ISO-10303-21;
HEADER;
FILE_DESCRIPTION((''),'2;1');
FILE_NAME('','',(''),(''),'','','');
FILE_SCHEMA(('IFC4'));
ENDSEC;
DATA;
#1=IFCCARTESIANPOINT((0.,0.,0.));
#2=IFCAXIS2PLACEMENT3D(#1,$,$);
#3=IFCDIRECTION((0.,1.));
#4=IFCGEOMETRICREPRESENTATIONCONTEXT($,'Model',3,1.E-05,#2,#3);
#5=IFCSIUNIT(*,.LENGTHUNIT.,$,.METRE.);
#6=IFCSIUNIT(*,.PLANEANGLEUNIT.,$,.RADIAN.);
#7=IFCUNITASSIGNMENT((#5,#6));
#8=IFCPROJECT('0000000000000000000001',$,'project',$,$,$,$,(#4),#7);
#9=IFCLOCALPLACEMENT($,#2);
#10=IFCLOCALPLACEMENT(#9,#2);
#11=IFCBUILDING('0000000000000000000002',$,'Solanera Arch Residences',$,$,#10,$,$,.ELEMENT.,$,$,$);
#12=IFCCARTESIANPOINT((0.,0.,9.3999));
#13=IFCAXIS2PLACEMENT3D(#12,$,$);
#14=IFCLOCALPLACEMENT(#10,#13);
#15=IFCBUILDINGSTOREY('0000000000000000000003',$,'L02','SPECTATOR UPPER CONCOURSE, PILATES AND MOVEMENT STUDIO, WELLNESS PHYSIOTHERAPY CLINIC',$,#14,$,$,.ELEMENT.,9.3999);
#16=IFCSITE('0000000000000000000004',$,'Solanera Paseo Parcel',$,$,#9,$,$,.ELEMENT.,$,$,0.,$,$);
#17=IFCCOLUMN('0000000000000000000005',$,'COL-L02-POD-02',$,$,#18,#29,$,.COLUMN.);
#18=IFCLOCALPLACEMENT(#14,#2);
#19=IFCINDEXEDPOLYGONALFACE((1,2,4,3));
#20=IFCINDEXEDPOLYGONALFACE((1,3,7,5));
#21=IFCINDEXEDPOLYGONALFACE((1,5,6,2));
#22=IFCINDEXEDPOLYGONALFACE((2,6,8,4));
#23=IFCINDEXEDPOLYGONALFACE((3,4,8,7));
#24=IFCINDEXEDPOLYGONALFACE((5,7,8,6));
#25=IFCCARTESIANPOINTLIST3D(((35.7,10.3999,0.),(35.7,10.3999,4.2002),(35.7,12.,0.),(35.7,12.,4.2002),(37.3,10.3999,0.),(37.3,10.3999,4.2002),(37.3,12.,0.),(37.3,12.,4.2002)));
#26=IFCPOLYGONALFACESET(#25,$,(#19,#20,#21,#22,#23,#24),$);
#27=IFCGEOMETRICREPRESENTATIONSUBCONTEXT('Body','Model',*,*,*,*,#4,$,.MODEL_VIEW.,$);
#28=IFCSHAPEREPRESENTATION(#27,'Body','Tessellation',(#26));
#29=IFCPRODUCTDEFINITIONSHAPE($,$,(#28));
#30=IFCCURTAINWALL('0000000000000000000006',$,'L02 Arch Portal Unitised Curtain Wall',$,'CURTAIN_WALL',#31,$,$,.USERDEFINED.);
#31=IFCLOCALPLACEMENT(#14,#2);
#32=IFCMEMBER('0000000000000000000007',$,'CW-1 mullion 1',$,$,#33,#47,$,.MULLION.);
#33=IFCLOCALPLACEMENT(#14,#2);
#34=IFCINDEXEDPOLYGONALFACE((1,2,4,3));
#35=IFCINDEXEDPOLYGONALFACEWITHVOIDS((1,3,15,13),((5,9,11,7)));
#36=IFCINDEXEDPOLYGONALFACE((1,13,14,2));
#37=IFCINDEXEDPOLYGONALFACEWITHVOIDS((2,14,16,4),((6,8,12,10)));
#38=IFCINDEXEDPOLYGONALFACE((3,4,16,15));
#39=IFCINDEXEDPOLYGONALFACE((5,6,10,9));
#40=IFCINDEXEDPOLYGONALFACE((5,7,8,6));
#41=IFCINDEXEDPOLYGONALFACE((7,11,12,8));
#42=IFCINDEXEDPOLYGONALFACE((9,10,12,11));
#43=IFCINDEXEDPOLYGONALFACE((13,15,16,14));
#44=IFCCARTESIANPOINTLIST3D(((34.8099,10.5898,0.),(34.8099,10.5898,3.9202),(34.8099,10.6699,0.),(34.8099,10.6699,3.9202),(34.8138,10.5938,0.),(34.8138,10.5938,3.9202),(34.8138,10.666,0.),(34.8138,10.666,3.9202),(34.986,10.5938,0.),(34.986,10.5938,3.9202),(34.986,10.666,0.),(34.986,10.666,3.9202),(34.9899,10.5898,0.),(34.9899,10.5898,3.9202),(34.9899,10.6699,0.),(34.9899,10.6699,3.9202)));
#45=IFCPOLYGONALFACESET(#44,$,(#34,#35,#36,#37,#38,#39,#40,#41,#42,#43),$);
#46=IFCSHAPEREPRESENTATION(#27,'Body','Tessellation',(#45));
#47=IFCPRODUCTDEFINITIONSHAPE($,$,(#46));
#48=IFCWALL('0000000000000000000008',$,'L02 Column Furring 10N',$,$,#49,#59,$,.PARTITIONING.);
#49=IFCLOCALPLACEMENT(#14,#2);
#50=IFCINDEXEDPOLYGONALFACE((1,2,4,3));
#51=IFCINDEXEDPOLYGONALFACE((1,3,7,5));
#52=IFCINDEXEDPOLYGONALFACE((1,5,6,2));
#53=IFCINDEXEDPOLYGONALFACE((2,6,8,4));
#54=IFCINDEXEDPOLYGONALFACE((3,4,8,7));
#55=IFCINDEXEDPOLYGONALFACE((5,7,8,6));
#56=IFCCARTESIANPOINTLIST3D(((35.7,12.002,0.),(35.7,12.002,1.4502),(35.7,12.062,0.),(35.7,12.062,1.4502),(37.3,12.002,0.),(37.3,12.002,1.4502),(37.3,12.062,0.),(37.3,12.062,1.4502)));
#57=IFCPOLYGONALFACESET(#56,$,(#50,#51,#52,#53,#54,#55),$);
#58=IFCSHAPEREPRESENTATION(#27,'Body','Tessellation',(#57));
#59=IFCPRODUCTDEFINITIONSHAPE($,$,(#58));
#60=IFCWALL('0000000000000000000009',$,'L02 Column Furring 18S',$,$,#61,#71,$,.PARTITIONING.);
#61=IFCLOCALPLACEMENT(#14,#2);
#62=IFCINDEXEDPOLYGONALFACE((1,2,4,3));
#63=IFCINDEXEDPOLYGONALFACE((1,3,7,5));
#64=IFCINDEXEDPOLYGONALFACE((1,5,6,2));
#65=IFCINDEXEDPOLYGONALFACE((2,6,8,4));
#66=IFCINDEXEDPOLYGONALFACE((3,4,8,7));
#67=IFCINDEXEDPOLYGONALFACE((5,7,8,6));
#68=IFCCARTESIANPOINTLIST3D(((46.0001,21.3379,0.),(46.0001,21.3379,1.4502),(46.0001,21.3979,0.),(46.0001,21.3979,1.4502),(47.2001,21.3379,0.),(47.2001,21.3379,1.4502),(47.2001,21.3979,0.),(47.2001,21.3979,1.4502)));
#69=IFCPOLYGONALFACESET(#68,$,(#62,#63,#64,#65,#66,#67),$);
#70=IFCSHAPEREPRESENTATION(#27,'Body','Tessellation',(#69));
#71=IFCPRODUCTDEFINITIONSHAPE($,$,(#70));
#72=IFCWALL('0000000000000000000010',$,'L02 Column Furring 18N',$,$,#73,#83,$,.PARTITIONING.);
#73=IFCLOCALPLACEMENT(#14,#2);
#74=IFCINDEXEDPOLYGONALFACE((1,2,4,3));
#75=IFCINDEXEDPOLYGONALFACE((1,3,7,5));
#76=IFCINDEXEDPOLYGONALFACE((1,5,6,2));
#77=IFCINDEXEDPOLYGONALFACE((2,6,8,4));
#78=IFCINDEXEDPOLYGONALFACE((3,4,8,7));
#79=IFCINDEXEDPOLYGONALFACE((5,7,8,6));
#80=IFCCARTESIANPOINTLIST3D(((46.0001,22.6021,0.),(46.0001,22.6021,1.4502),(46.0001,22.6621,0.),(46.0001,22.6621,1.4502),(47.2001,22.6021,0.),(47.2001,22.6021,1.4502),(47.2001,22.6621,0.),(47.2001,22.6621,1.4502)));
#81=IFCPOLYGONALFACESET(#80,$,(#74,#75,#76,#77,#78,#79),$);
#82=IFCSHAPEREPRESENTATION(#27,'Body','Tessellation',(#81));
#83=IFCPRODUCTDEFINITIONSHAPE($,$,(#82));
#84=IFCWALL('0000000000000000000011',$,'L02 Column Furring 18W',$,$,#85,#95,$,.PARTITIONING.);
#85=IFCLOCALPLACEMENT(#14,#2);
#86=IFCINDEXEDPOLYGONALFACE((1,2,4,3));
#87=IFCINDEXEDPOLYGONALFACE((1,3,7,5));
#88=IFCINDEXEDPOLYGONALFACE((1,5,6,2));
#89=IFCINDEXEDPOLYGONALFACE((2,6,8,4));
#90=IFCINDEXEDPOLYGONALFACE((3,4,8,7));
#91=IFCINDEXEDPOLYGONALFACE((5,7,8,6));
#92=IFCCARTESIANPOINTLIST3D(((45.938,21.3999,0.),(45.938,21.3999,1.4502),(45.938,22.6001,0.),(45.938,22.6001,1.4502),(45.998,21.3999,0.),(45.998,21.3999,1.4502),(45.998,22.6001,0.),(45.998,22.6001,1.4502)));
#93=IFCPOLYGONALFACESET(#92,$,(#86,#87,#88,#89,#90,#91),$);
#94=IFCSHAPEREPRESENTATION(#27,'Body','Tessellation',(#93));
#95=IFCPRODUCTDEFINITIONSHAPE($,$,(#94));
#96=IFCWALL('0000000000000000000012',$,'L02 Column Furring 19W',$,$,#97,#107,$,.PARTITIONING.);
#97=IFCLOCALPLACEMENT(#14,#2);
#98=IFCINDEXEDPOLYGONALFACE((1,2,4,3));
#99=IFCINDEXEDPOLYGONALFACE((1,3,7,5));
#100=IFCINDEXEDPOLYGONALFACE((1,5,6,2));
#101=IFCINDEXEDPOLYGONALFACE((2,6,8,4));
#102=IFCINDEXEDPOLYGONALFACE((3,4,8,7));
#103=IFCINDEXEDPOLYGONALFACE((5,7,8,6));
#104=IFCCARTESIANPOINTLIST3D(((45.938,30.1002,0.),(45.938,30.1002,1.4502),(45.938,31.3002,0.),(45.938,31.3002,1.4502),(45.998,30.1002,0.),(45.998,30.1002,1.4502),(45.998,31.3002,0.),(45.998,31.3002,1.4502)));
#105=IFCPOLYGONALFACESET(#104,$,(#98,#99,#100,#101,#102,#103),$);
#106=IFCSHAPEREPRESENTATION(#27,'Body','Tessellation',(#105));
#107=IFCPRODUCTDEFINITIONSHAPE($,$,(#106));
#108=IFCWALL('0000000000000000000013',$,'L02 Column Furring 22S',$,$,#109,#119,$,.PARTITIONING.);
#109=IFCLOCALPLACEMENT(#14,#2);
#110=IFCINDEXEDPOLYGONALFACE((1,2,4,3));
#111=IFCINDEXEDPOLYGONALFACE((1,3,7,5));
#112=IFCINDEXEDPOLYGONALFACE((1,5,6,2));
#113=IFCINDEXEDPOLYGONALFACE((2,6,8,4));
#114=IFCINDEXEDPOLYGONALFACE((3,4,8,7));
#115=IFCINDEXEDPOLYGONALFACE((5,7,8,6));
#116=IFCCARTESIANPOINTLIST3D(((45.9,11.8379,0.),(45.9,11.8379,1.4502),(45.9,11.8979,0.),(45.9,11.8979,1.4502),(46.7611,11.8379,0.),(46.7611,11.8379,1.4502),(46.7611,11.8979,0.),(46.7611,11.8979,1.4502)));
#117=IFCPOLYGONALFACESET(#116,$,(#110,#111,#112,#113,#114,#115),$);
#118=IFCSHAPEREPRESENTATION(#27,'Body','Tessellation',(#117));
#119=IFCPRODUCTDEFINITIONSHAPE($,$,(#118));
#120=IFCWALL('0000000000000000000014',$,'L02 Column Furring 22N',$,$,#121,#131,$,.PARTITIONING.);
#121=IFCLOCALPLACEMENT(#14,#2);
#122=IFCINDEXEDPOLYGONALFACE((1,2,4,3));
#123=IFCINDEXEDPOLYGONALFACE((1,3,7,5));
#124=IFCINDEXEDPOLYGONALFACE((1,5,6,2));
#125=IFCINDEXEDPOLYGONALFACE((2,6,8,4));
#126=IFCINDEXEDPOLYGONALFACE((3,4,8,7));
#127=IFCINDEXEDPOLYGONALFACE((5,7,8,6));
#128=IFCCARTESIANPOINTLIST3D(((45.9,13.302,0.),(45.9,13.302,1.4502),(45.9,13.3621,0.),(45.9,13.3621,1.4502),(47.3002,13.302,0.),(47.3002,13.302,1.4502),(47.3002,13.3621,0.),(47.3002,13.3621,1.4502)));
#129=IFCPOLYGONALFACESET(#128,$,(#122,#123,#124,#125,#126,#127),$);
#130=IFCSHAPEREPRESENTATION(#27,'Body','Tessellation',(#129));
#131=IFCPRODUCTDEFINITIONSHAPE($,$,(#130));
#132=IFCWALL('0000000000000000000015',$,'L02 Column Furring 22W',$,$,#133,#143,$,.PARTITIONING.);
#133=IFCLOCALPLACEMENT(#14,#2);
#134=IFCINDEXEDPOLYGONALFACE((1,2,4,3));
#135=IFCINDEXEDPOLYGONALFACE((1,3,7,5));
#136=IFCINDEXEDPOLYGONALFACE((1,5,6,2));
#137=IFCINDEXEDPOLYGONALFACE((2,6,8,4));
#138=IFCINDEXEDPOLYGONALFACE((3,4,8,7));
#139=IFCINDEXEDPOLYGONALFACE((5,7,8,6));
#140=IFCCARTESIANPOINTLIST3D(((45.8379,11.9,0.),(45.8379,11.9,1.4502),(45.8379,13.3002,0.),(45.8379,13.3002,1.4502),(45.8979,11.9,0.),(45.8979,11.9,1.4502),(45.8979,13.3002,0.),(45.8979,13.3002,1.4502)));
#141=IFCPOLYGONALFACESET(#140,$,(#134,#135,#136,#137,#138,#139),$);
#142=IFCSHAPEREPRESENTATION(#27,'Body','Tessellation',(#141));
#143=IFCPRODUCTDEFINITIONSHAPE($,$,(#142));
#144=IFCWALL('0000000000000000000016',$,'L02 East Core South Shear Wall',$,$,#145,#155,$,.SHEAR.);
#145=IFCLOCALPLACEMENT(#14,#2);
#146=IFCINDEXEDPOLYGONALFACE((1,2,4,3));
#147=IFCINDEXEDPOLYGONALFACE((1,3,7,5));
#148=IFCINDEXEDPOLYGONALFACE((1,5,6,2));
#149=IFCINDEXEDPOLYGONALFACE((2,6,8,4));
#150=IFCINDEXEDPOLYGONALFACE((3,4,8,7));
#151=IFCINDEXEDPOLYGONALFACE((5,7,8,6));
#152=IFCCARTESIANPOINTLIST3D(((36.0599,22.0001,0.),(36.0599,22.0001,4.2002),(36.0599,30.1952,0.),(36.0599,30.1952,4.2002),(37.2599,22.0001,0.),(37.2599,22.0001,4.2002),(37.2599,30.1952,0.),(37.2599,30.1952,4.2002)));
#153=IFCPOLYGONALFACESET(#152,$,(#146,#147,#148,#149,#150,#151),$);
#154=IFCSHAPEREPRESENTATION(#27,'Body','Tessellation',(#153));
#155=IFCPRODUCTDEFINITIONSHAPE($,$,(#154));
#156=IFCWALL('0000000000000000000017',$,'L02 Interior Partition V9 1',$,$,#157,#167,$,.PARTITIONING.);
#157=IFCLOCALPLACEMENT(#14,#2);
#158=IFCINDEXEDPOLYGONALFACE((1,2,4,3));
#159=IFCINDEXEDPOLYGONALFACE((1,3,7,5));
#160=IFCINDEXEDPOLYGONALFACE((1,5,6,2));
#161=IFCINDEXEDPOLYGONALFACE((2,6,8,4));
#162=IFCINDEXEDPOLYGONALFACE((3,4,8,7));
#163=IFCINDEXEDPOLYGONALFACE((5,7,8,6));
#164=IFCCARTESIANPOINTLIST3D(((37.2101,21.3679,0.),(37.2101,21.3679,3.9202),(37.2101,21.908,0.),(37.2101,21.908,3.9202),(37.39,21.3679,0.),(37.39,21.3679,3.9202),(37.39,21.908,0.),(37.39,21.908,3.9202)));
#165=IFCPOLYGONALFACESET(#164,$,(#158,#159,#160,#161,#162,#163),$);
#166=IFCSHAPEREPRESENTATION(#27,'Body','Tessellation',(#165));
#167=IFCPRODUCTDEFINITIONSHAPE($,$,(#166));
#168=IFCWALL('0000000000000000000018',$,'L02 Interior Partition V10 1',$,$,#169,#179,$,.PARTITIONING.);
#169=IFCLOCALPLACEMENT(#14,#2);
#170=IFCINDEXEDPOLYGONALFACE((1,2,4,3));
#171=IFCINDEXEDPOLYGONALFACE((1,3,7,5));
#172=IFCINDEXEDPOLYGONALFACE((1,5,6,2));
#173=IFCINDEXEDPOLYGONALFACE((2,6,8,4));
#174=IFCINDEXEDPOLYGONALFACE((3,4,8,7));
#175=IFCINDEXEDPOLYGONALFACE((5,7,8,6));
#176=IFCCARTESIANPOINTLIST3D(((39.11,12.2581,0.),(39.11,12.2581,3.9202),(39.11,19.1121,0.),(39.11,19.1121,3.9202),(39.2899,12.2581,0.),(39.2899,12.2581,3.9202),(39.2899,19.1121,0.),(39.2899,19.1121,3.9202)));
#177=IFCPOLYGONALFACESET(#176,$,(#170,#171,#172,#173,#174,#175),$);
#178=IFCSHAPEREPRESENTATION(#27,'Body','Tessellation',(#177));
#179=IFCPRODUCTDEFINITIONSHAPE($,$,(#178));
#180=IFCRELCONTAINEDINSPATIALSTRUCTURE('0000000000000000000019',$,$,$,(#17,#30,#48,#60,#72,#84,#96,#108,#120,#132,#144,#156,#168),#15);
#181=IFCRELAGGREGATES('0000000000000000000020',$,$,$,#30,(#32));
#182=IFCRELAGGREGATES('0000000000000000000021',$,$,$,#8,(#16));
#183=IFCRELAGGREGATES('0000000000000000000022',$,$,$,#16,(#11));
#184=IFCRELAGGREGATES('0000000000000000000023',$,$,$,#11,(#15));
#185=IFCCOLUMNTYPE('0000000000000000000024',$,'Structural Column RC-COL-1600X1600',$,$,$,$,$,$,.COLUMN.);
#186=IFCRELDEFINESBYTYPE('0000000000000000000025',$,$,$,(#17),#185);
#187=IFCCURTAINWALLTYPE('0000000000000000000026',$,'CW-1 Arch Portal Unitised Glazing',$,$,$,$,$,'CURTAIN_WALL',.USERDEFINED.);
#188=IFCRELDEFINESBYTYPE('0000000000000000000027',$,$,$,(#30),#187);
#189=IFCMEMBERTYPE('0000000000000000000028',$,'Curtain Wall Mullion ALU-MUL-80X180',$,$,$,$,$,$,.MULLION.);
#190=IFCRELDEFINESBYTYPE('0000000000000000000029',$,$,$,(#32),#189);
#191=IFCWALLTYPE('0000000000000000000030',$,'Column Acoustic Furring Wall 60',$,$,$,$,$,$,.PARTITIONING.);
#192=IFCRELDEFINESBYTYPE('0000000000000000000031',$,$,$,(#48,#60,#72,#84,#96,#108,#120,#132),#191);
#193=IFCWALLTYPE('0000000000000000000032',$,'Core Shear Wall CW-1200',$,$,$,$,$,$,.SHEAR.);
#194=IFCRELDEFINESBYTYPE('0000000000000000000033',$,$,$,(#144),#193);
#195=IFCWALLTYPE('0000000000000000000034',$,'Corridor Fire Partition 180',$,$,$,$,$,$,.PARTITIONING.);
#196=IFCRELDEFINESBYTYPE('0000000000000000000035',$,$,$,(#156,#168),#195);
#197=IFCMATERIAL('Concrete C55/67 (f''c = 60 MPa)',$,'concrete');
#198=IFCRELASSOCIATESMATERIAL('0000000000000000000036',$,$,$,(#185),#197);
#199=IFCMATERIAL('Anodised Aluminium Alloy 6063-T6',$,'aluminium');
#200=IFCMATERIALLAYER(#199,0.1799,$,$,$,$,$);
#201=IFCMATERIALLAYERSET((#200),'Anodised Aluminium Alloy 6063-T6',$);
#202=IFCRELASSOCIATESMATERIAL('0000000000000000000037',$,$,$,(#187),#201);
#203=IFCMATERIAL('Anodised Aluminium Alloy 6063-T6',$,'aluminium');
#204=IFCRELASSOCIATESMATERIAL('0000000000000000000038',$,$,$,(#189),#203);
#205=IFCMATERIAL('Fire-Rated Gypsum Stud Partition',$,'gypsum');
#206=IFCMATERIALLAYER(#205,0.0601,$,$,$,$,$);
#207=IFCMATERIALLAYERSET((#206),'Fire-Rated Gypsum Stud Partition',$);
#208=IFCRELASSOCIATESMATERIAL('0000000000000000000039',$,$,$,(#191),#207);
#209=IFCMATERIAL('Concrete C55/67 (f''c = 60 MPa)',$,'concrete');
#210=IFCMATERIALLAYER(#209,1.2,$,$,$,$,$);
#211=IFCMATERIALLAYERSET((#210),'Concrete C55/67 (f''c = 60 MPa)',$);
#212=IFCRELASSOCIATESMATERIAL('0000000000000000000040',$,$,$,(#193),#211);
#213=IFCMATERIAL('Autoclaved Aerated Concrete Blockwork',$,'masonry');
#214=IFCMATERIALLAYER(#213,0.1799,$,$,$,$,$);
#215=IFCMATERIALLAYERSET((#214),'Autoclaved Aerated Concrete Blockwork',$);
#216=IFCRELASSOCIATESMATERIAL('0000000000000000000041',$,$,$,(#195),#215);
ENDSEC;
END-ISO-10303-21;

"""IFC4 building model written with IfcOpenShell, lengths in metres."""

from ifc_helpers import new_model, si_unit, direction, frame, frame_2d, origin, origin_2d, place, context, subcontext, project, spatial, rectangle, hollow_rectangle, extrude, material, layer, layer_set, material_profile, profile_set, type_object, element, aggregate, save


model = new_model("IFC4")

# Units and contexts
model_context = context("Model", 3, precision=1e-05, world=origin(), true_north=direction((0.0, 1.0)))
body_context = subcontext(model_context, "Body", "Model", "MODEL_VIEW")
ifc_project = project(units=[si_unit("LENGTHUNIT", "METRE"), si_unit("PLANEANGLEUNIT", "RADIAN")], contexts=[model_context])

# Site, building, storey
site_placement = place(None, origin())
site = spatial("IfcSite", under=ifc_project, at=site_placement, Name="Solanera Paseo Parcel", CompositionType="ELEMENT", RefElevation=0.0)
building_placement = place(site_placement, origin())
building = spatial("IfcBuilding", under=site, at=building_placement, Name="Solanera Arch Residences", CompositionType="ELEMENT")
storey_placement = place(building_placement, frame((0.0, 0.0, 9.3999)))
storey = spatial("IfcBuildingStorey", under=building, at=storey_placement, Name="L02", Description="SPECTATOR UPPER CONCOURSE, PILATES AND MOVEMENT STUDIO, WELLNESS PHYSIOTHERAPY CLINIC", CompositionType="ELEMENT", Elevation=9.3999)

# Column
ifc_material_1 = material(Name="Concrete C55/67 (f'c = 60 MPa)", Category="concrete")
ifc_material_profile_1 = material_profile(ifc_material_1, rectangle(XDim=1.6001, YDim=1.6001, at=origin_2d()))
ifc_profile_set_1 = profile_set([ifc_material_profile_1], Name="Concrete C55/67 (f'c = 60 MPa)")
column_type = type_object("IfcColumnType", Name="Structural Column RC-COL-1600X1600", PredefinedType="COLUMN", material=ifc_profile_set_1)
column_placement = place(storey_placement, frame((36.5, 11.2, 0.0), z_axis=(0.0, 0.0, 1.0), x_axis=(1.0, 0.0, 0.0)))
element("IfcColumn", 1, at=column_placement, inside=storey, type_object=column_type, Name="COL-L02-POD-02", PredefinedType="COLUMN", context=body_context, shape_type="SweptSolid", body=[
    extrude(rectangle(XDim=1.6001, YDim=1.6001, at=origin_2d()), origin(), (0.0, 0.0, 1.0), 4.2002),
])

# Curtain wall, member
ifc_material_2 = material(Name="Anodised Aluminium Alloy 6063-T6", Category="aluminium")
ifc_layer_1 = layer(ifc_material_2, 0.1799)
ifc_layer_set_1 = layer_set([ifc_layer_1], Name="Anodised Aluminium Alloy 6063-T6")
curtain_wall_type = type_object("IfcCurtainWallType", Name="CW-1 Arch Portal Unitised Glazing", ElementType="CURTAIN_WALL", PredefinedType="USERDEFINED", material=ifc_layer_set_1)
curtain_wall_placement = place(storey_placement, origin())
curtain_wall = element("IfcCurtainWall", 2, at=curtain_wall_placement, inside=storey, type_object=curtain_wall_type, Name="L02 Arch Portal Unitised Curtain Wall", ObjectType="CURTAIN_WALL", PredefinedType="USERDEFINED")
ifc_material_3 = material(Name="Anodised Aluminium Alloy 6063-T6", Category="aluminium")
ifc_material_profile_2 = material_profile(ifc_material_3, hollow_rectangle(XDim=0.0801, YDim=0.1799, WallThickness=0.0039, at=origin_2d()))
ifc_profile_set_2 = profile_set([ifc_material_profile_2], Name="Anodised Aluminium Alloy 6063-T6")
member_type = type_object("IfcMemberType", Name="Curtain Wall Mullion ALU-MUL-80X180", PredefinedType="MULLION", material=ifc_profile_set_2)
member_placement = place(storey_placement, frame((34.8999, 10.6299, 0.0), z_axis=(0.0, 0.0, 1.0), x_axis=(0.0, -1.0, 0.0)))
member = element("IfcMember", 3, at=member_placement, type_object=member_type, Name="CW-1 mullion 1", PredefinedType="MULLION", context=body_context, shape_type="SweptSolid", body=[
    extrude(hollow_rectangle(XDim=0.0801, YDim=0.1799, WallThickness=0.0039, at=origin_2d()), origin(), (0.0, 0.0, 1.0), 3.9202),
])
aggregate(curtain_wall, [member])

# Walls
ifc_material_4 = material(Name="Fire-Rated Gypsum Stud Partition", Category="gypsum")
ifc_layer_2 = layer(ifc_material_4, 0.0601)
ifc_layer_set_2 = layer_set([ifc_layer_2], Name="Fire-Rated Gypsum Stud Partition")
wall_type_1 = type_object("IfcWallType", Name="Column Acoustic Furring Wall 60", PredefinedType="PARTITIONING", material=ifc_layer_set_2)
wall_1_placement = place(storey_placement, frame((35.7, 12.032, 0.0), z_axis=(0.0, 0.0, 1.0), x_axis=(1.0, 0.0, 0.0)))
element("IfcWall", 4, at=wall_1_placement, inside=storey, type_object=wall_type_1, Name="L02 Column Furring 10N", PredefinedType="PARTITIONING", context=body_context, shape_type="SweptSolid", body=[
    extrude(rectangle(XDim=1.6001, YDim=0.0601, at=frame_2d((0.8, 0.0))), origin(), (0.0, 0.0, 1.0), 1.4502),
])
for number, where, z_axis, x_axis, name in (
    (5, (46.0, 21.3679, 0.0), (0.0, 0.0, 1.0), (1.0, 0.0, 0.0), "L02 Column Furring 18S"),
    (6, (46.0, 22.6321, 0.0), (0.0, 0.0, 1.0), (1.0, 0.0, 0.0), "L02 Column Furring 18N"),
):
    element("IfcWall", number, at=place(storey_placement, frame(where, z_axis=z_axis, x_axis=x_axis)), inside=storey, type_object=wall_type_1, Name=name, PredefinedType="PARTITIONING", context=body_context, shape_type="SweptSolid", body=[
        extrude(rectangle(XDim=1.2, YDim=0.0601, at=frame_2d((0.6001, 0.0))), origin(), (0.0, 0.0, 1.0), 1.4502),
    ])
wall_2_placement = place(storey_placement, frame((45.968, 21.3999, 0.0), z_axis=(0.0, 0.0, 1.0), x_axis=(0.0, 1.0, 0.0)))
element("IfcWall", 7, at=wall_2_placement, inside=storey, type_object=wall_type_1, Name="L02 Column Furring 18W", PredefinedType="PARTITIONING", context=body_context, shape_type="SweptSolid", body=[
    extrude(rectangle(XDim=1.2002, YDim=0.0601, at=frame_2d((0.6001, 0.0))), origin(), (0.0, 0.0, 1.0), 1.4502),
])
wall_3_placement = place(storey_placement, frame((45.968, 30.1001, 0.0), z_axis=(0.0, 0.0, 1.0), x_axis=(0.0, 1.0, 0.0)))
element("IfcWall", 8, at=wall_3_placement, inside=storey, type_object=wall_type_1, Name="L02 Column Furring 19W", PredefinedType="PARTITIONING", context=body_context, shape_type="SweptSolid", body=[
    extrude(rectangle(XDim=1.2, YDim=0.0601, at=frame_2d((0.6001, 0.0))), origin(), (0.0, 0.0, 1.0), 1.4502),
])
wall_4_placement = place(storey_placement, frame((45.8999, 11.8679, 0.0), z_axis=(0.0, 0.0, 1.0), x_axis=(1.0, 0.0, 0.0)))
element("IfcWall", 9, at=wall_4_placement, inside=storey, type_object=wall_type_1, Name="L02 Column Furring 22S", PredefinedType="PARTITIONING", context=body_context, shape_type="SweptSolid", body=[
    extrude(rectangle(XDim=0.8611, YDim=0.0601, at=frame_2d((0.4307, 0.0))), origin(), (0.0, 0.0, 1.0), 1.4502),
])
for number, where, z_axis, x_axis, name in (
    (10, (45.8999, 13.332, 0.0), (0.0, 0.0, 1.0), (1.0, 0.0, 0.0), "L02 Column Furring 22N"),
    (11, (45.8679, 11.8999, 0.0), (0.0, 0.0, 1.0), (0.0, 1.0, 0.0), "L02 Column Furring 22W"),
):
    element("IfcWall", number, at=place(storey_placement, frame(where, z_axis=z_axis, x_axis=x_axis)), inside=storey, type_object=wall_type_1, Name=name, PredefinedType="PARTITIONING", context=body_context, shape_type="SweptSolid", body=[
        extrude(rectangle(XDim=1.4001, YDim=0.0601, at=frame_2d((0.7002, 0.0))), origin(), (0.0, 0.0, 1.0), 1.4502),
    ])
ifc_material_5 = material(Name="Concrete C55/67 (f'c = 60 MPa)", Category="concrete")
ifc_layer_3 = layer(ifc_material_5, 1.2)
ifc_layer_set_3 = layer_set([ifc_layer_3], Name="Concrete C55/67 (f'c = 60 MPa)")
wall_type_2 = type_object("IfcWallType", Name="Core Shear Wall CW-1200", PredefinedType="SHEAR", material=ifc_layer_set_3)
wall_5_placement = place(storey_placement, frame((36.6599, 22.0, 0.0), z_axis=(0.0, 0.0, 1.0), x_axis=(0.0, 1.0, 0.0)))
element("IfcWall", 12, at=wall_5_placement, inside=storey, type_object=wall_type_2, Name="L02 East Core South Shear Wall", PredefinedType="SHEAR", context=body_context, shape_type="SweptSolid", body=[
    extrude(rectangle(XDim=8.1951, YDim=1.2, at=frame_2d((4.0977, 0.0))), origin(), (0.0, 0.0, 1.0), 4.2002),
])
ifc_material_6 = material(Name="Autoclaved Aerated Concrete Blockwork", Category="masonry")
ifc_layer_4 = layer(ifc_material_6, 0.1799)
ifc_layer_set_4 = layer_set([ifc_layer_4], Name="Autoclaved Aerated Concrete Blockwork")
wall_type_3 = type_object("IfcWallType", Name="Corridor Fire Partition 180", PredefinedType="PARTITIONING", material=ifc_layer_set_4)
wall_6_placement = place(storey_placement, frame((37.3, 21.3679, 0.0), z_axis=(0.0, 0.0, 1.0), x_axis=(0.0, 1.0, 0.0)))
element("IfcWall", 13, at=wall_6_placement, inside=storey, type_object=wall_type_3, Name="L02 Interior Partition V9 1", PredefinedType="PARTITIONING", context=body_context, shape_type="SweptSolid", body=[
    extrude(rectangle(XDim=0.54, YDim=0.1799, at=frame_2d((0.27, 0.0))), origin(), (0.0, 0.0, 1.0), 3.9202),
])
wall_7_placement = place(storey_placement, frame((39.2, 12.2581, 0.0), z_axis=(0.0, 0.0, 1.0), x_axis=(0.0, 1.0, 0.0)))
element("IfcWall", 14, at=wall_7_placement, inside=storey, type_object=wall_type_3, Name="L02 Interior Partition V10 1", PredefinedType="PARTITIONING", context=body_context, shape_type="SweptSolid", body=[
    extrude(rectangle(XDim=6.854, YDim=0.1799, at=frame_2d((3.427, 0.0))), origin(), (0.0, 0.0, 1.0), 3.9202),
])

save(model, "model.ifc")
